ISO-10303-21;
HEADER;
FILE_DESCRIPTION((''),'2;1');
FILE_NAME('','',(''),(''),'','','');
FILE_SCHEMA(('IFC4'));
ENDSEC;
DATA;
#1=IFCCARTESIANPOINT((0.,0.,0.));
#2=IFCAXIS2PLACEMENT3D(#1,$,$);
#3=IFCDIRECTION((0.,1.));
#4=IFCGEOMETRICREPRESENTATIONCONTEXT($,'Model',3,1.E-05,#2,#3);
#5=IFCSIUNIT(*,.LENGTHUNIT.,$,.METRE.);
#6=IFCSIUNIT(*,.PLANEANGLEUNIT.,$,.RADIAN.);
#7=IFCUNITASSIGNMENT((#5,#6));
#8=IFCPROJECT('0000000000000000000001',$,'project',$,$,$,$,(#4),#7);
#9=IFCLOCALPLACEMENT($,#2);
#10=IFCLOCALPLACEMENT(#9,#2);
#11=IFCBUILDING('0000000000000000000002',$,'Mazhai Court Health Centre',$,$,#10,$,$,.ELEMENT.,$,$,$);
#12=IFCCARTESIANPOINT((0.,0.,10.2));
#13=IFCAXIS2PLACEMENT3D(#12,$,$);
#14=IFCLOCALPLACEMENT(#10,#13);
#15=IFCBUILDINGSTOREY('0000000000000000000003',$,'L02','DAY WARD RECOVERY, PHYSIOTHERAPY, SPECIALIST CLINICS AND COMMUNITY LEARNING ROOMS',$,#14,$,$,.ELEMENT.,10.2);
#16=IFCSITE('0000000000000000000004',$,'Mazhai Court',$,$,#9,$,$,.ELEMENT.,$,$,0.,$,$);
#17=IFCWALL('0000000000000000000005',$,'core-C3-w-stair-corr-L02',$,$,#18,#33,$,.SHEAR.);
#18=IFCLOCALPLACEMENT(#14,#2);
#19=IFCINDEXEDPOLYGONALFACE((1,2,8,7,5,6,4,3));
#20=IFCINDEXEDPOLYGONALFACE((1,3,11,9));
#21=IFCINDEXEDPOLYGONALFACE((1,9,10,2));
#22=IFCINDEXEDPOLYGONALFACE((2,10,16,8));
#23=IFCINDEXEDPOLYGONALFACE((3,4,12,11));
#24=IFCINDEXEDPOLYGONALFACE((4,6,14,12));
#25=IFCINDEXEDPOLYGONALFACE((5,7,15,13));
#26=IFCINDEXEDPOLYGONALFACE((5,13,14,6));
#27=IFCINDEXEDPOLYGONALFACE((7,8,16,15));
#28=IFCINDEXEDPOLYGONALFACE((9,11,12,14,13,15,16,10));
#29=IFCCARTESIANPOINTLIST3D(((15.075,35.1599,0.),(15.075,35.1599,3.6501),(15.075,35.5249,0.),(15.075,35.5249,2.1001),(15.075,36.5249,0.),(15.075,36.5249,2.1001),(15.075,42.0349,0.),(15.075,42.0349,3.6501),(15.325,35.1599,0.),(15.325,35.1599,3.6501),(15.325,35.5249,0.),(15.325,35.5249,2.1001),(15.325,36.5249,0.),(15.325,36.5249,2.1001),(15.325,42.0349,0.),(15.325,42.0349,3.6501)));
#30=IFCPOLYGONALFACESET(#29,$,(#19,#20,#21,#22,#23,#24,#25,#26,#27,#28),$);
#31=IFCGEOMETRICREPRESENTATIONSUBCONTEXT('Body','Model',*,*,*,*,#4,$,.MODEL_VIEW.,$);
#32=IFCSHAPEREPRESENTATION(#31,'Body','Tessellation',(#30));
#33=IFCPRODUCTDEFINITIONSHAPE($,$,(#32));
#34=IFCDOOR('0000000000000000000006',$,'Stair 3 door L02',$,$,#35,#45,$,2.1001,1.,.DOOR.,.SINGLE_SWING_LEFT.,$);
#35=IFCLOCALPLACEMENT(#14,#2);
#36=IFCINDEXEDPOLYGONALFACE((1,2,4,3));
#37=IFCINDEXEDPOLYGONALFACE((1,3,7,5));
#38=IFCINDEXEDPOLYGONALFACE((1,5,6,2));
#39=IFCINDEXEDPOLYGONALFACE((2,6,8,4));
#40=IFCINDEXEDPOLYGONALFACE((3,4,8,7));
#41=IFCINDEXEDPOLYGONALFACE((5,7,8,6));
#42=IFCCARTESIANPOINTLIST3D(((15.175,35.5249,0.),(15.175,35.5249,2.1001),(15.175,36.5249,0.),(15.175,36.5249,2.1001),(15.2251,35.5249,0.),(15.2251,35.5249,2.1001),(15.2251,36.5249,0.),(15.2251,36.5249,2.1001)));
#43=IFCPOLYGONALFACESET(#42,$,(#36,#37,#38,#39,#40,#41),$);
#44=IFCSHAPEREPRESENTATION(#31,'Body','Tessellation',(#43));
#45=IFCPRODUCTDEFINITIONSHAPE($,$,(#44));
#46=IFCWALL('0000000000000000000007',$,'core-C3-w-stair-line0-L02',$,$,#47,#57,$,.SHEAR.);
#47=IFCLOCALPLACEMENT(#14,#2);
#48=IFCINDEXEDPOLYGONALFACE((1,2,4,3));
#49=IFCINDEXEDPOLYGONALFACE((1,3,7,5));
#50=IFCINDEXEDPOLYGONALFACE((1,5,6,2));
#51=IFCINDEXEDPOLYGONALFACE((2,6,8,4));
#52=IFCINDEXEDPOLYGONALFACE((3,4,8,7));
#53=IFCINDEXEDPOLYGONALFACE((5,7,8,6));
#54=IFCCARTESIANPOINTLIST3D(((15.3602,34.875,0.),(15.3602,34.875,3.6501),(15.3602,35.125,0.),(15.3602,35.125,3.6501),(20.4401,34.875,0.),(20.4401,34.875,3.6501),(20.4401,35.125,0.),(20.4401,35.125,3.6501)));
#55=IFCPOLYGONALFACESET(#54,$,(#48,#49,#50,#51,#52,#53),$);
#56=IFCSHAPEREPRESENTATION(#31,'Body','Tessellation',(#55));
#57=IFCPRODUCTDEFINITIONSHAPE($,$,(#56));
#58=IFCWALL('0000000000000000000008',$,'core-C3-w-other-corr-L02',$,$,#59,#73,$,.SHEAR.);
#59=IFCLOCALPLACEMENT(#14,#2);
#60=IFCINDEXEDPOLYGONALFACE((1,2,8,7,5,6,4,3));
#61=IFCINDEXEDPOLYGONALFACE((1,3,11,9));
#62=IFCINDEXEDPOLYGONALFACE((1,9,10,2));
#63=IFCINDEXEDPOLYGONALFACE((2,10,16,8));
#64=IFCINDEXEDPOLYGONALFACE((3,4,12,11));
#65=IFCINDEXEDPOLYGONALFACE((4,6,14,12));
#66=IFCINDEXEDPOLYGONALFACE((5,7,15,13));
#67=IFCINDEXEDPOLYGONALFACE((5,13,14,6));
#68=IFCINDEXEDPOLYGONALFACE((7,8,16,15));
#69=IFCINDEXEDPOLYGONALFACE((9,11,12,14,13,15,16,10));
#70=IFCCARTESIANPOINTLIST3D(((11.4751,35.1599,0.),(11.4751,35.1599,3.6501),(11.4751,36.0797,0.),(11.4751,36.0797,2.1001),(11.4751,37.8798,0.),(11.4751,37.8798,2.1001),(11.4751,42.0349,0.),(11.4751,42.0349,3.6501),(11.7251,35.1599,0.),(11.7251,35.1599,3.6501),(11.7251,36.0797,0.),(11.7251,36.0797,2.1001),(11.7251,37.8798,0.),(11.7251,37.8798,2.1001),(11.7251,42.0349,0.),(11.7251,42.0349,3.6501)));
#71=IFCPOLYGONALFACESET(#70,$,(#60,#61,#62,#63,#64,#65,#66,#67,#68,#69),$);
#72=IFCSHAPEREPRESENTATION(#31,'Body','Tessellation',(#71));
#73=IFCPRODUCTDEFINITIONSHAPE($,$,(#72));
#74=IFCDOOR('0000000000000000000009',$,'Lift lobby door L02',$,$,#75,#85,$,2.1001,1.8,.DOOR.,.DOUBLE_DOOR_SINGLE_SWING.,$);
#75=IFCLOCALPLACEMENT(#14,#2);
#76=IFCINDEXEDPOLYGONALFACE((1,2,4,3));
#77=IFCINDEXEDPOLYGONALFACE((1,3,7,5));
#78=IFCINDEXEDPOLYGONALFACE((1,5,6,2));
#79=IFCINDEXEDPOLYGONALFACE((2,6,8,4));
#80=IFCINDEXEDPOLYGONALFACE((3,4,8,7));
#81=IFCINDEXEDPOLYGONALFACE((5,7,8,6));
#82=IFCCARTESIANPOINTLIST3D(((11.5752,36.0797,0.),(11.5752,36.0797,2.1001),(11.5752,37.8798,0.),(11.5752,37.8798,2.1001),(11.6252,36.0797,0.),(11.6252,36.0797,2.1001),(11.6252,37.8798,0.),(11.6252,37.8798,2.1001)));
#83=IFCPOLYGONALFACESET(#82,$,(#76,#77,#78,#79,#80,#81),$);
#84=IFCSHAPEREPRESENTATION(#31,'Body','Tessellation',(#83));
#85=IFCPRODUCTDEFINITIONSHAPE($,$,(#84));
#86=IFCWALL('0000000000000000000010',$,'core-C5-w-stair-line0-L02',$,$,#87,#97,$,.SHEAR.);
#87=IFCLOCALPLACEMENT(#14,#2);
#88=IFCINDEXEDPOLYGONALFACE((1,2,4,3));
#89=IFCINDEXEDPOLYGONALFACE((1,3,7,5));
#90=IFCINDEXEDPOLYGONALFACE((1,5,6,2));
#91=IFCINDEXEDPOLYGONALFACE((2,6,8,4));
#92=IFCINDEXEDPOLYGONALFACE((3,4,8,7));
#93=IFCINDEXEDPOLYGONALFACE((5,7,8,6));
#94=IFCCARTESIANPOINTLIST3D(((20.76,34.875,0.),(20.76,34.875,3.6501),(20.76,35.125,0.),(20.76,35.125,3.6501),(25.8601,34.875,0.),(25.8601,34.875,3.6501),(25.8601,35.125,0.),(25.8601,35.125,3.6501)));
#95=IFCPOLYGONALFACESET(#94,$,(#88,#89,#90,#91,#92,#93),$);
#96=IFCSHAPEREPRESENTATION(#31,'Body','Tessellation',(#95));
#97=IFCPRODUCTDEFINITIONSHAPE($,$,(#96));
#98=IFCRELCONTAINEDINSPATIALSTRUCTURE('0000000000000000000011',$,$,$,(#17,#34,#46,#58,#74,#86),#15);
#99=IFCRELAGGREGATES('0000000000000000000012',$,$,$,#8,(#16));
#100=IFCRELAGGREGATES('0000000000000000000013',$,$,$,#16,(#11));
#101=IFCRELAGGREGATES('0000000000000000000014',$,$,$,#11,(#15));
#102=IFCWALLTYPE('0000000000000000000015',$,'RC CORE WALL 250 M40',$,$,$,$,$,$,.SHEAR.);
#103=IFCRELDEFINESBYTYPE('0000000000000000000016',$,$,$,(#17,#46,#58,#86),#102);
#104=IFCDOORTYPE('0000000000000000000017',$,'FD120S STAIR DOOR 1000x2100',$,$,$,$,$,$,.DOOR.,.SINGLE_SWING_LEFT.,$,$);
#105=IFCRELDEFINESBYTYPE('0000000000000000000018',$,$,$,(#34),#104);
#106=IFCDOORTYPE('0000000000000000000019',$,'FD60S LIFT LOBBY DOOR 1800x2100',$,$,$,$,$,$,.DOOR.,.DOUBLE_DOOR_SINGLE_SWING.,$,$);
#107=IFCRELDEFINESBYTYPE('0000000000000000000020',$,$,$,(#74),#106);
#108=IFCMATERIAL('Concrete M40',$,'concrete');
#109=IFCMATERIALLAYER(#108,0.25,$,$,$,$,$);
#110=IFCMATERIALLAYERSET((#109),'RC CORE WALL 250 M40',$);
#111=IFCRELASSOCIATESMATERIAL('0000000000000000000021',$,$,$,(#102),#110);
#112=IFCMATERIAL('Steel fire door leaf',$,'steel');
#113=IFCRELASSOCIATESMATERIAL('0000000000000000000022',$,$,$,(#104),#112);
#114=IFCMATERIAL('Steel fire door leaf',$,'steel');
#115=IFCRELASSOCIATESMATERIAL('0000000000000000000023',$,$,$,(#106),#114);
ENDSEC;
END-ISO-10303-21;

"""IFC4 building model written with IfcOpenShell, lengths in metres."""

from ifc_helpers import new_model, si_unit, direction, frame, frame_2d, origin, place, context, subcontext, project, spatial, rectangle, extrude, material, layer, layer_set, type_object, element, fill, save


model = new_model("IFC4")

# Units and contexts
model_context = context("Model", 3, precision=1e-05, world=origin(), true_north=direction((0.0, 1.0)))
body_context = subcontext(model_context, "Body", "Model", "MODEL_VIEW")
ifc_project = project(units=[si_unit("LENGTHUNIT", "METRE"), si_unit("PLANEANGLEUNIT", "RADIAN")], contexts=[model_context])

# Site, building, storey
site_placement = place(None, origin())
site = spatial("IfcSite", under=ifc_project, at=site_placement, Name="Mazhai Court", CompositionType="ELEMENT", RefElevation=0.0)
building_placement = place(site_placement, origin())
building = spatial("IfcBuilding", under=site, at=building_placement, Name="Mazhai Court Health Centre", CompositionType="ELEMENT")
storey_placement = place(building_placement, frame((0.0, 0.0, 10.2)))
storey = spatial("IfcBuildingStorey", under=building, at=storey_placement, Name="L02", Description="DAY WARD RECOVERY, PHYSIOTHERAPY, SPECIALIST CLINICS AND COMMUNITY LEARNING ROOMS", CompositionType="ELEMENT", Elevation=10.2)

# Wall, opening, door
ifc_material_1 = material(Name="Concrete M40", Category="concrete")
ifc_layer_1 = layer(ifc_material_1, 0.25)
ifc_layer_set_1 = layer_set([ifc_layer_1], Name="RC CORE WALL 250 M40")
wall_type_1 = type_object("IfcWallType", Name="RC CORE WALL 250 M40", PredefinedType="SHEAR", material=ifc_layer_set_1)
wall_1_placement = place(storey_placement, frame((15.2, 35.1599, 0.0), z_axis=(0.0, 0.0, 1.0), x_axis=(0.0, 1.0, 0.0)))
wall_1 = element("IfcWall", 1, at=wall_1_placement, inside=storey, type_object=wall_type_1, Name="core-C3-w-stair-corr-L02", PredefinedType="SHEAR", context=body_context, shape_type="SweptSolid", body=[
    extrude(rectangle(XDim=6.875, YDim=0.25, at=frame_2d((3.4375, 0.0))), origin(), (0.0, 0.0, 1.0), 3.6501),
])
opening_1_placement = place(wall_1_placement, frame((0.365, 0.0, 0.0)))
opening_1 = element("IfcOpeningElement", 2, at=opening_1_placement, cuts=wall_1, PredefinedType="OPENING", context=body_context, shape_type="SweptSolid", body=[
    extrude(rectangle(XDim=1.0, YDim=2.1001, at=frame_2d((0.5, 1.05))), frame((0.0, 0.135, 0.0), z_axis=(0.0, -1.0, 0.0), x_axis=(1.0, 0.0, 0.0)), (0.0, 0.0, 1.0), 0.27),
])
ifc_material_2 = material(Name="Steel fire door leaf", Category="steel")
door_type_1 = type_object("IfcDoorType", Name="FD120S STAIR DOOR 1000x2100", OperationType="SINGLE_SWING_LEFT", PredefinedType="DOOR", material=ifc_material_2)
door_1_placement = place(opening_1_placement, origin())
door_1 = element("IfcDoor", 3, at=door_1_placement, inside=storey, type_object=door_type_1, Name="Stair 3 door L02", OperationType="SINGLE_SWING_LEFT", OverallHeight=2.1001, OverallWidth=1.0, PredefinedType="DOOR", context=body_context, shape_type="SweptSolid", body=[
    extrude(rectangle(XDim=1.0, YDim=2.1001, at=frame_2d((0.5, 1.05))), frame((0.0, 0.0249, 0.0), z_axis=(0.0, -1.0, 0.0), x_axis=(1.0, 0.0, 0.0)), (0.0, 0.0, 1.0), 0.05),
])
fill(opening_1, door_1)

# Wall
wall_2_placement = place(storey_placement, frame((15.3601, 35.0, 0.0), z_axis=(0.0, 0.0, 1.0), x_axis=(1.0, 0.0, 0.0)))
element("IfcWall", 4, at=wall_2_placement, inside=storey, type_object=wall_type_1, Name="core-C3-w-stair-line0-L02", PredefinedType="SHEAR", context=body_context, shape_type="SweptSolid", body=[
    extrude(rectangle(XDim=5.0798, YDim=0.25, at=frame_2d((2.54, 0.0))), origin(), (0.0, 0.0, 1.0), 3.6501),
])

# Wall, opening, door
wall_3_placement = place(storey_placement, frame((11.6001, 35.1599, 0.0), z_axis=(0.0, 0.0, 1.0), x_axis=(0.0, 1.0, 0.0)))
wall_3 = element("IfcWall", 5, at=wall_3_placement, inside=storey, type_object=wall_type_1, Name="core-C3-w-other-corr-L02", PredefinedType="SHEAR", context=body_context, shape_type="SweptSolid", body=[
    extrude(rectangle(XDim=6.875, YDim=0.25, at=frame_2d((3.4375, 0.0))), origin(), (0.0, 0.0, 1.0), 3.6501),
])
opening_2_placement = place(wall_3_placement, frame((0.9199, 0.0, 0.0)))
opening_2 = element("IfcOpeningElement", 6, at=opening_2_placement, cuts=wall_3, PredefinedType="OPENING", context=body_context, shape_type="SweptSolid", body=[
    extrude(rectangle(XDim=1.8, YDim=2.1001, at=frame_2d((0.8999, 1.05))), frame((0.0, 0.135, 0.0), z_axis=(0.0, -1.0, 0.0), x_axis=(1.0, 0.0, 0.0)), (0.0, 0.0, 1.0), 0.27),
])
ifc_material_3 = material(Name="Steel fire door leaf", Category="steel")
door_type_2 = type_object("IfcDoorType", Name="FD60S LIFT LOBBY DOOR 1800x2100", OperationType="DOUBLE_DOOR_SINGLE_SWING", PredefinedType="DOOR", material=ifc_material_3)
door_2_placement = place(opening_2_placement, origin())
door_2 = element("IfcDoor", 7, at=door_2_placement, inside=storey, type_object=door_type_2, Name="Lift lobby door L02", OperationType="DOUBLE_DOOR_SINGLE_SWING", OverallHeight=2.1001, OverallWidth=1.8, PredefinedType="DOOR", context=body_context, shape_type="SweptSolid", body=[
    extrude(rectangle(XDim=1.8, YDim=2.1001, at=frame_2d((0.8999, 1.05))), frame((0.0, 0.0249, 0.0), z_axis=(0.0, -1.0, 0.0), x_axis=(1.0, 0.0, 0.0)), (0.0, 0.0, 1.0), 0.05),
])
fill(opening_2, door_2)

# Wall
wall_4_placement = place(storey_placement, frame((20.76, 35.0, 0.0), z_axis=(0.0, 0.0, 1.0), x_axis=(1.0, 0.0, 0.0)))
element("IfcWall", 8, at=wall_4_placement, inside=storey, type_object=wall_type_1, Name="core-C5-w-stair-line0-L02", PredefinedType="SHEAR", context=body_context, shape_type="SweptSolid", body=[
    extrude(rectangle(XDim=5.1001, YDim=0.25, at=frame_2d((2.55, 0.0))), origin(), (0.0, 0.0, 1.0), 3.6501),
])

save(model, "model.ifc")
